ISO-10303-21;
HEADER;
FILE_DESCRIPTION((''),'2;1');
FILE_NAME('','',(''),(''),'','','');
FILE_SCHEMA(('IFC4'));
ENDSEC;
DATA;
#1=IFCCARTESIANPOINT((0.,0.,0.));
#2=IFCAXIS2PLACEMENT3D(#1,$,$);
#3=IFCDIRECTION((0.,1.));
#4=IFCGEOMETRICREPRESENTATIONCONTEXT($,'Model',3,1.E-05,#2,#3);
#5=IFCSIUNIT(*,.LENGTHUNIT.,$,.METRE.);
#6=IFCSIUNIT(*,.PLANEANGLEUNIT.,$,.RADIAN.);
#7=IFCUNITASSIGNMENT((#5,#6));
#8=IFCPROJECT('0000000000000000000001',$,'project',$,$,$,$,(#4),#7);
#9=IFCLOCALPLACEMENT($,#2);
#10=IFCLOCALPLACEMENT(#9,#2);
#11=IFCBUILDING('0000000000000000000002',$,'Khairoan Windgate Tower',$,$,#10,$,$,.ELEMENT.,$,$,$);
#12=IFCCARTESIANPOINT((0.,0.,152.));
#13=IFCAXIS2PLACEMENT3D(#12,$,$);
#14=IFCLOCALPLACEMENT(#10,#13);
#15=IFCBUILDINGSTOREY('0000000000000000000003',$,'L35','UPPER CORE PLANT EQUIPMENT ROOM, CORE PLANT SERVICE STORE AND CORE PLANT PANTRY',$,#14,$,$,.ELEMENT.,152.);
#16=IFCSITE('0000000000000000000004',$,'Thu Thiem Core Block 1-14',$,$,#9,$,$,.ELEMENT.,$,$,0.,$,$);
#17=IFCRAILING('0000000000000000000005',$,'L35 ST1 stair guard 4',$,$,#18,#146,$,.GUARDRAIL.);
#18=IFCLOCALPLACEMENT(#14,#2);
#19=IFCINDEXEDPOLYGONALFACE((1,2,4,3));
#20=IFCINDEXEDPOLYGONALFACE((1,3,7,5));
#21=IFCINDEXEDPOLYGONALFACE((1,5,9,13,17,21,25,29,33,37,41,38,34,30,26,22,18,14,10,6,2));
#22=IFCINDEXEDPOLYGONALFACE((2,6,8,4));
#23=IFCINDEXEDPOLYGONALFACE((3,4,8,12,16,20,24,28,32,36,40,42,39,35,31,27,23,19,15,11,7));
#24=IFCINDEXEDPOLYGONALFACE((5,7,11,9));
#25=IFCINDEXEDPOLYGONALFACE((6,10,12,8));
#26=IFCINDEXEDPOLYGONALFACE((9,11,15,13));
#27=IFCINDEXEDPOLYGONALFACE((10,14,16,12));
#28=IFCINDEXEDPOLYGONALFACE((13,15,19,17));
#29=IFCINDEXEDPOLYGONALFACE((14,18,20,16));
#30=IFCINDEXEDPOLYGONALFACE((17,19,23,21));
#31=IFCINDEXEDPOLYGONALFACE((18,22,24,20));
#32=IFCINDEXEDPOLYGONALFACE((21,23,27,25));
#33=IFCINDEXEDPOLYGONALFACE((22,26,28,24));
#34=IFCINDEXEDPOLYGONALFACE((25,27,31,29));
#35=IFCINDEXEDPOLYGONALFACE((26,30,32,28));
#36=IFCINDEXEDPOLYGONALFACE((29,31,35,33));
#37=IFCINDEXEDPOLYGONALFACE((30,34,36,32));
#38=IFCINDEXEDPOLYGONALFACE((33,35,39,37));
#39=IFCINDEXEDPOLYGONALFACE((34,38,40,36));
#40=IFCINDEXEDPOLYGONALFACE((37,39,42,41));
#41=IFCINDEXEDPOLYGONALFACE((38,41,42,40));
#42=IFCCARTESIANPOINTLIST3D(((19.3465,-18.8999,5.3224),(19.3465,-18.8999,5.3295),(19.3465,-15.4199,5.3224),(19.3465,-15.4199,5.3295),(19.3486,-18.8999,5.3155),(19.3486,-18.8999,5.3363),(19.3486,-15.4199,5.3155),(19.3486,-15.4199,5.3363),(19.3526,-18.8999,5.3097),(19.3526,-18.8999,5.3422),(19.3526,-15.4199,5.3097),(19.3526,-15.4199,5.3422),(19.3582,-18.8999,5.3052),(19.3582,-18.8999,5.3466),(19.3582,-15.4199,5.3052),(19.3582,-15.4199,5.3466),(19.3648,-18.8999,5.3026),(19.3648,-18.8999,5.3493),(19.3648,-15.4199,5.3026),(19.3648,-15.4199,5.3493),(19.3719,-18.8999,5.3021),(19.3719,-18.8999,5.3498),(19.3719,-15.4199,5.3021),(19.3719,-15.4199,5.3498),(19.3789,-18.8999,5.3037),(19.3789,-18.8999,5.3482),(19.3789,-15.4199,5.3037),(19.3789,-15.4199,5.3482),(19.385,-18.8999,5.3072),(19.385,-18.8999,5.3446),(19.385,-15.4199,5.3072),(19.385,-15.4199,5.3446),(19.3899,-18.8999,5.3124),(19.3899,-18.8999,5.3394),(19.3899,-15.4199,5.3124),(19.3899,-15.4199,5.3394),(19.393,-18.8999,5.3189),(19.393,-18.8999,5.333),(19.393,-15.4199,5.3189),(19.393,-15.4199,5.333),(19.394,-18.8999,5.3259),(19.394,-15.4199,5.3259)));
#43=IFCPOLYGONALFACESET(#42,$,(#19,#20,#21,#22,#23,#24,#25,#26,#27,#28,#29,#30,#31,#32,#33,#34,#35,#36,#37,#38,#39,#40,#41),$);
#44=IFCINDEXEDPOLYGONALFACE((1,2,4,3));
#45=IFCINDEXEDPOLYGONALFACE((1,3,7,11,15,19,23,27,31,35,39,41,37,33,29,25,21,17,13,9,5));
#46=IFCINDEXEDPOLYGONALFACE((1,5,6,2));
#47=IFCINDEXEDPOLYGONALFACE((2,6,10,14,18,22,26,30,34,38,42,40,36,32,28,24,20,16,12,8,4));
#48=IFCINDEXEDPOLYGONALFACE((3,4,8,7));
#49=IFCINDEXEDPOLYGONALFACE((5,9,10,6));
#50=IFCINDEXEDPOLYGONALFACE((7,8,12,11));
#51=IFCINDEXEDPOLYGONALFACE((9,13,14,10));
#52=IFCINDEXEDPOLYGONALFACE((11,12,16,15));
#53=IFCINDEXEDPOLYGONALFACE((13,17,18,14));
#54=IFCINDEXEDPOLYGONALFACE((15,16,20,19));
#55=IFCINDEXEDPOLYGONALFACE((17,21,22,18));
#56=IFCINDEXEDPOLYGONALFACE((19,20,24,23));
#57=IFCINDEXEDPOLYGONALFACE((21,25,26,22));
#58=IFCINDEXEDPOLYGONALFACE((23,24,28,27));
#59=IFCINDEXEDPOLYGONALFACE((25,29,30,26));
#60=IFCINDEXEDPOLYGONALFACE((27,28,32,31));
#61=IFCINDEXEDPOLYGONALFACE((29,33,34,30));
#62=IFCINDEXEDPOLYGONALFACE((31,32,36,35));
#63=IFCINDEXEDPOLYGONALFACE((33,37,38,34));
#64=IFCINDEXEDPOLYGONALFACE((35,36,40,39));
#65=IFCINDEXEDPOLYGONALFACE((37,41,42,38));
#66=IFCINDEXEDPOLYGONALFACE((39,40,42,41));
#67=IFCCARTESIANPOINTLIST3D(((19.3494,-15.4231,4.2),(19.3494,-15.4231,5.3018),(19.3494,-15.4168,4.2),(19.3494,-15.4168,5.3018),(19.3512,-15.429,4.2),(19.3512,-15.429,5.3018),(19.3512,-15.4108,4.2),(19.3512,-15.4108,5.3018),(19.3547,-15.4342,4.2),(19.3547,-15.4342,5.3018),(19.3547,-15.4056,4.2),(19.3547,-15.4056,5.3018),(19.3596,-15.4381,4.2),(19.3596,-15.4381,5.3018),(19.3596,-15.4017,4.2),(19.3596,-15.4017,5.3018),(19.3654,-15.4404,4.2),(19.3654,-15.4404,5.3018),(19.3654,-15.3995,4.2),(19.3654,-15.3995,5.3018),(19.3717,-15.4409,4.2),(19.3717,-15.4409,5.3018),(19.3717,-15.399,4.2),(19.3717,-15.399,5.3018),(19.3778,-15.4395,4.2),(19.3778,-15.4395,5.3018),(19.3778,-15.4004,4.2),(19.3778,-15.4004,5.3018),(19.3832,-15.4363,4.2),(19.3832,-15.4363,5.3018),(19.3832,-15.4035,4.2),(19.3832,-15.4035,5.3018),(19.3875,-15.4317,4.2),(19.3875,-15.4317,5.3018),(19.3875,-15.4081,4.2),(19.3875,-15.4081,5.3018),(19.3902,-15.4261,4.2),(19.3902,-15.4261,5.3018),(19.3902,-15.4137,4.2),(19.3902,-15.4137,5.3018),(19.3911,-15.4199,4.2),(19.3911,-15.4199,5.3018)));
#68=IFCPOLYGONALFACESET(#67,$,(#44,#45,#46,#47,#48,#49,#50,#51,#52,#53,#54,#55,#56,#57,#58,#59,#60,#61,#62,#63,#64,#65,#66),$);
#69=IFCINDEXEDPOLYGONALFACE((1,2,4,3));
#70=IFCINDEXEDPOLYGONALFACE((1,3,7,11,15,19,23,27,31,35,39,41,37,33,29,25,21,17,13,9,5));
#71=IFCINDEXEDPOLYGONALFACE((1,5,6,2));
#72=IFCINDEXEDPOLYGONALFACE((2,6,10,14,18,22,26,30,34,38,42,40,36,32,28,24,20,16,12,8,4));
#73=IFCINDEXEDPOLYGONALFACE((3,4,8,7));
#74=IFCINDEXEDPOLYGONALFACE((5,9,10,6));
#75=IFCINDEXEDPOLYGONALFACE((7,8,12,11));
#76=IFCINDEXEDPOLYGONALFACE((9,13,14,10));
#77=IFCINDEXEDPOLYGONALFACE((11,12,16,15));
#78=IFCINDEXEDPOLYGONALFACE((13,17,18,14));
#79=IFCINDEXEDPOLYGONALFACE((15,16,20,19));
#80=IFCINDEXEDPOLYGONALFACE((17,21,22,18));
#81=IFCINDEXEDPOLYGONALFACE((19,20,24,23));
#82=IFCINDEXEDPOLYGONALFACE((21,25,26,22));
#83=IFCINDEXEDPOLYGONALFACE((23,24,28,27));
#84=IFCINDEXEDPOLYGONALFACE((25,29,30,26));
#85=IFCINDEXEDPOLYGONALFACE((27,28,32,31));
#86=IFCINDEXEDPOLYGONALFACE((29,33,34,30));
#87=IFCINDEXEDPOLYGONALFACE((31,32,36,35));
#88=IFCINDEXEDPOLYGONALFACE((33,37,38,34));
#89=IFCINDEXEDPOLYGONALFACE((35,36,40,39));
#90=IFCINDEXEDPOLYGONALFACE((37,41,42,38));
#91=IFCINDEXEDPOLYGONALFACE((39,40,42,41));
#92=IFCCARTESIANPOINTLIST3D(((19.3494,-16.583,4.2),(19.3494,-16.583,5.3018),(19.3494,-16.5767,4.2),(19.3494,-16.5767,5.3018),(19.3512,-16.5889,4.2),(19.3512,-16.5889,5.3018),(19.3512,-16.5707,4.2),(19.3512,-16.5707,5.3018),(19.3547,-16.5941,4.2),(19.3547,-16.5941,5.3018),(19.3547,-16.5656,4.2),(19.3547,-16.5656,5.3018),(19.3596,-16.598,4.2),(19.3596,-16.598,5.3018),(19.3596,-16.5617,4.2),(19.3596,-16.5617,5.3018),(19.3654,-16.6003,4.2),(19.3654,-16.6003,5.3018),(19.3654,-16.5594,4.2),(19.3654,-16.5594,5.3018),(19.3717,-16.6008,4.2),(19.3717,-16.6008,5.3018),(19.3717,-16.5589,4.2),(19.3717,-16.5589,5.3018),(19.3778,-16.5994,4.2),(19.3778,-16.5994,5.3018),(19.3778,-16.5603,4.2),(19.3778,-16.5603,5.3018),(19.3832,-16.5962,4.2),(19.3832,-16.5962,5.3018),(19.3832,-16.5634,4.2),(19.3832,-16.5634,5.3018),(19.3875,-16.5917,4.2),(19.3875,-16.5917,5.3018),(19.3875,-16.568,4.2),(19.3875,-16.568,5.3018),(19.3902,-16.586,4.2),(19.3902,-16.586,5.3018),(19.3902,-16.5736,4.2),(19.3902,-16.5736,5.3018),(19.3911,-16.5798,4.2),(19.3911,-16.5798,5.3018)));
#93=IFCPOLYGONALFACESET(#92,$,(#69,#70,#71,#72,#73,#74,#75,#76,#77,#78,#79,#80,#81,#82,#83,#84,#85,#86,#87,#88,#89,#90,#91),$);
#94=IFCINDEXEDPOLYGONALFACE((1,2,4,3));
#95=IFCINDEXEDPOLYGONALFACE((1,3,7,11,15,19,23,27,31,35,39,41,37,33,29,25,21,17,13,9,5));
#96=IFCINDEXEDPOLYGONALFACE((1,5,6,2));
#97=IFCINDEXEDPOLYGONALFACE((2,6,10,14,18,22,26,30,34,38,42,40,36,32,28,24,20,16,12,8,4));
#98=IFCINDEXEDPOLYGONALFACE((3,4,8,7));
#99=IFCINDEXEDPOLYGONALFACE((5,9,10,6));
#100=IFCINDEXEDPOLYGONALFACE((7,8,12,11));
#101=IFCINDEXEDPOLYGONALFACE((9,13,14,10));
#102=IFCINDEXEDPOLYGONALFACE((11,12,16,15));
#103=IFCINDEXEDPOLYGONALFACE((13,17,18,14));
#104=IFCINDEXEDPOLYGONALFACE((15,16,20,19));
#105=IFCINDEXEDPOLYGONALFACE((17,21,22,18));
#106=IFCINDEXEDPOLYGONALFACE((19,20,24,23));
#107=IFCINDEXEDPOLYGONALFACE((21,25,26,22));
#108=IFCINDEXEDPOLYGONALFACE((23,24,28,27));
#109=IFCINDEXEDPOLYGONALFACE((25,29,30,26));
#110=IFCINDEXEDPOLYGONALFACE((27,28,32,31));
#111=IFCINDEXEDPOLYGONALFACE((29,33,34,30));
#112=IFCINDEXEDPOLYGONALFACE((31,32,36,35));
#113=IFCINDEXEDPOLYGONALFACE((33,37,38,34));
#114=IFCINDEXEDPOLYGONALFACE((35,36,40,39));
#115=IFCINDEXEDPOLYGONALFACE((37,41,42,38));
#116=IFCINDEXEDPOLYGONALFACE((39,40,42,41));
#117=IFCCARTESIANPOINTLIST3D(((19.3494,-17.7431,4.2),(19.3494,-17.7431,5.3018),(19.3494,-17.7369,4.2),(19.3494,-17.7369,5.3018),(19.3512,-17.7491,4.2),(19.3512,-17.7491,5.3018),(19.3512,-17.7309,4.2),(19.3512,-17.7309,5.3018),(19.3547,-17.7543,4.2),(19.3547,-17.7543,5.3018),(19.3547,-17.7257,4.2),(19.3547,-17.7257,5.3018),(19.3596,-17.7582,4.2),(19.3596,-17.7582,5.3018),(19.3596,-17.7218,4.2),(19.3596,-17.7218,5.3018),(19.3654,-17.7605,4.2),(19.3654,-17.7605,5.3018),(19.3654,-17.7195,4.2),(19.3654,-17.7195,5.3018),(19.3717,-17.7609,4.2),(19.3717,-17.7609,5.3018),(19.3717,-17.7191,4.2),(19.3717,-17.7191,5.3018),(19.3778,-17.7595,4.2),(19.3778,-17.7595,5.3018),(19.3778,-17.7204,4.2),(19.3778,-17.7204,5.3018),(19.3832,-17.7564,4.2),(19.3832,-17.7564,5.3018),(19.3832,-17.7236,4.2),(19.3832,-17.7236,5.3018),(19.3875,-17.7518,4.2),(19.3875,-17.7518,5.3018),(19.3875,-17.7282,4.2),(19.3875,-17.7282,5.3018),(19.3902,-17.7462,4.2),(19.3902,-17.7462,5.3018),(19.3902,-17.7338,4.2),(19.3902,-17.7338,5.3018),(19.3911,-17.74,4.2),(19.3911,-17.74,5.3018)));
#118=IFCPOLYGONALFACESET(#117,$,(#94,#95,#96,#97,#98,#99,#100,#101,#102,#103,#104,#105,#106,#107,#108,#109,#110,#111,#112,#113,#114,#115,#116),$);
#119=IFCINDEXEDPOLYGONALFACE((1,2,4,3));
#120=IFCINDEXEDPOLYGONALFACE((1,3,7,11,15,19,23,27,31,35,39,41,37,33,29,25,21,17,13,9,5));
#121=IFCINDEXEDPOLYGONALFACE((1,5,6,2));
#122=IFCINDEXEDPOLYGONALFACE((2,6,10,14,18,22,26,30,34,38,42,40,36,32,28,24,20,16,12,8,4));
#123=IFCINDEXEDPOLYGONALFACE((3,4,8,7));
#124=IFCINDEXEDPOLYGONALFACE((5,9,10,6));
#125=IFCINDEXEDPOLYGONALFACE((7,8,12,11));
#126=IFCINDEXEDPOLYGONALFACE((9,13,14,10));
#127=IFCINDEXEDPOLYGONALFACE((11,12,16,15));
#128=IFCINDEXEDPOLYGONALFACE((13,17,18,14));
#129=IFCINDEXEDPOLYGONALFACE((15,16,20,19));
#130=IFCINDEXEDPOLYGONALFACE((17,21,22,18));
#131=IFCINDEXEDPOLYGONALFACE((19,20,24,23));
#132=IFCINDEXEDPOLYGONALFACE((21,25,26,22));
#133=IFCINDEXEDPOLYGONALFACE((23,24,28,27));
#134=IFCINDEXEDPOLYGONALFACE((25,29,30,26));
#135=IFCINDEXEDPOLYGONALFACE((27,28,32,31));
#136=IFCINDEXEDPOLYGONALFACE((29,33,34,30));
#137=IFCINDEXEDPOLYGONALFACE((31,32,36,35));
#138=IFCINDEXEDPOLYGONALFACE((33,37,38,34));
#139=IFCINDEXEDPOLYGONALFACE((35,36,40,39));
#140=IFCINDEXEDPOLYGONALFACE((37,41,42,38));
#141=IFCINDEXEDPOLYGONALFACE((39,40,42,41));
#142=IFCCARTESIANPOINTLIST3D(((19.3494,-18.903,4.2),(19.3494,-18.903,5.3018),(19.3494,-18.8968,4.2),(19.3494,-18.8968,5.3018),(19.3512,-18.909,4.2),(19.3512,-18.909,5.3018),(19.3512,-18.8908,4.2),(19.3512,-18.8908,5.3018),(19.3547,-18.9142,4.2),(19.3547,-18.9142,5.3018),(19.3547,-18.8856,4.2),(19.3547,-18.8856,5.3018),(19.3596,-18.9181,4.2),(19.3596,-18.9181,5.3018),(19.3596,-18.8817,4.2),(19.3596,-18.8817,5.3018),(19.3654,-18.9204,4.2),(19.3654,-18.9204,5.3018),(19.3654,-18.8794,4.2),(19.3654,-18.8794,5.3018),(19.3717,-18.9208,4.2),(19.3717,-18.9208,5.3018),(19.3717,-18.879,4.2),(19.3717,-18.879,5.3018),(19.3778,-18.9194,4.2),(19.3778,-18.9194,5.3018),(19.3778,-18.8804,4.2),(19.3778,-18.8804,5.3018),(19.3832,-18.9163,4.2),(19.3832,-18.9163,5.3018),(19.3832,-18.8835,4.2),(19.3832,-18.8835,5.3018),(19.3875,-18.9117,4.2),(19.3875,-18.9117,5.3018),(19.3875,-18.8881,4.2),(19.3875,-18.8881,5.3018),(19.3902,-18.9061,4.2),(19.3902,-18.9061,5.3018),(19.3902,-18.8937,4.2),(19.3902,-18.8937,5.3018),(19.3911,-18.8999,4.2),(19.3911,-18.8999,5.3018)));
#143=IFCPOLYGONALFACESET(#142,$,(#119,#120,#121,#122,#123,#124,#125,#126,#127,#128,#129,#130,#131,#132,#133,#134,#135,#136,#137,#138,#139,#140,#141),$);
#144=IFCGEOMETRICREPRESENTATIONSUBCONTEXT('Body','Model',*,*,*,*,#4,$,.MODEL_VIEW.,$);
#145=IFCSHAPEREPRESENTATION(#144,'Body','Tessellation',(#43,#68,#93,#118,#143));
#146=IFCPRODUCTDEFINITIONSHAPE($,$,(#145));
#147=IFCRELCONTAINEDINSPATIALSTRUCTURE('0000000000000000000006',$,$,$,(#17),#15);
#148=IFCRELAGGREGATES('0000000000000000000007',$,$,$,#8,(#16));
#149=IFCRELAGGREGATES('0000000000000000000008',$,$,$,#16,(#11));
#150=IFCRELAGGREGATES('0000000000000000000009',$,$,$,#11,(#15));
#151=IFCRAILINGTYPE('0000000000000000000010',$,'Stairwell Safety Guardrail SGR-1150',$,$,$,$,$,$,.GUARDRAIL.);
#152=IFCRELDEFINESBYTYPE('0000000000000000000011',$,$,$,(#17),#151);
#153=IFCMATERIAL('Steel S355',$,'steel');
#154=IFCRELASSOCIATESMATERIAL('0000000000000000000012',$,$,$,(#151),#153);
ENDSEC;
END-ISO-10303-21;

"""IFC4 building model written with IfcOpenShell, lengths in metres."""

from ifc_helpers import new_model, si_unit, direction, frame, origin, origin_2d, place, context, subcontext, project, spatial, circle, extrude, material, type_object, element, save


model = new_model("IFC4")

# Units and contexts
model_context = context("Model", 3, precision=1e-05, world=origin(), true_north=direction((0.0, 1.0)))
body_context = subcontext(model_context, "Body", "Model", "MODEL_VIEW")
ifc_project = project(units=[si_unit("LENGTHUNIT", "METRE"), si_unit("PLANEANGLEUNIT", "RADIAN")], contexts=[model_context])

# Site, building, storey
site_placement = place(None, origin())
site = spatial("IfcSite", under=ifc_project, at=site_placement, Name="Thu Thiem Core Block 1-14", CompositionType="ELEMENT", RefElevation=0.0)
building_placement = place(site_placement, origin())
building = spatial("IfcBuilding", under=site, at=building_placement, Name="Khairoan Windgate Tower", CompositionType="ELEMENT")
storey_placement = place(building_placement, frame((0.0, 0.0, 152.0)))
storey = spatial("IfcBuildingStorey", under=building, at=storey_placement, Name="L35", Description="UPPER CORE PLANT EQUIPMENT ROOM, CORE PLANT SERVICE STORE AND CORE PLANT PANTRY", CompositionType="ELEMENT", Elevation=152.0)

# Railing
ifc_material_1 = material(Name="Steel S355", Category="steel")
railing_type_1 = type_object("IfcRailingType", Name="Stairwell Safety Guardrail SGR-1150", PredefinedType="GUARDRAIL", material=ifc_material_1)
for number, where, name in (
    (1, (19.3701, -15.4199, 4.2), "L35 ST1 stair guard 4"),
):
    element("IfcRailing", number, at=place(storey_placement, frame(where)), inside=storey, type_object=railing_type_1, Name=name, PredefinedType="GUARDRAIL", context=body_context, shape_type="SweptSolid", body=[
        extrude(circle(Radius=0.0239, at=origin_2d()), frame((0.0, 0.0, 1.126), z_axis=(0.0, -1.0, 0.0), x_axis=(1.0, 0.0, 0.0)), (0.0, 0.0, 1.0), 3.48),
        extrude(circle(Radius=0.021, at=origin_2d()), origin(), (0.0, 0.0, 1.0), 1.1018),
        extrude(circle(Radius=0.021, at=origin_2d()), frame((0.0, -1.1599, 0.0)), (0.0, 0.0, 1.0), 1.1018),
        extrude(circle(Radius=0.021, at=origin_2d()), frame((0.0, -2.3201, 0.0)), (0.0, 0.0, 1.0), 1.1018),
        extrude(circle(Radius=0.021, at=origin_2d()), frame((0.0, -3.48, 0.0)), (0.0, 0.0, 1.0), 1.1018),
    ])

save(model, "model.ifc")
